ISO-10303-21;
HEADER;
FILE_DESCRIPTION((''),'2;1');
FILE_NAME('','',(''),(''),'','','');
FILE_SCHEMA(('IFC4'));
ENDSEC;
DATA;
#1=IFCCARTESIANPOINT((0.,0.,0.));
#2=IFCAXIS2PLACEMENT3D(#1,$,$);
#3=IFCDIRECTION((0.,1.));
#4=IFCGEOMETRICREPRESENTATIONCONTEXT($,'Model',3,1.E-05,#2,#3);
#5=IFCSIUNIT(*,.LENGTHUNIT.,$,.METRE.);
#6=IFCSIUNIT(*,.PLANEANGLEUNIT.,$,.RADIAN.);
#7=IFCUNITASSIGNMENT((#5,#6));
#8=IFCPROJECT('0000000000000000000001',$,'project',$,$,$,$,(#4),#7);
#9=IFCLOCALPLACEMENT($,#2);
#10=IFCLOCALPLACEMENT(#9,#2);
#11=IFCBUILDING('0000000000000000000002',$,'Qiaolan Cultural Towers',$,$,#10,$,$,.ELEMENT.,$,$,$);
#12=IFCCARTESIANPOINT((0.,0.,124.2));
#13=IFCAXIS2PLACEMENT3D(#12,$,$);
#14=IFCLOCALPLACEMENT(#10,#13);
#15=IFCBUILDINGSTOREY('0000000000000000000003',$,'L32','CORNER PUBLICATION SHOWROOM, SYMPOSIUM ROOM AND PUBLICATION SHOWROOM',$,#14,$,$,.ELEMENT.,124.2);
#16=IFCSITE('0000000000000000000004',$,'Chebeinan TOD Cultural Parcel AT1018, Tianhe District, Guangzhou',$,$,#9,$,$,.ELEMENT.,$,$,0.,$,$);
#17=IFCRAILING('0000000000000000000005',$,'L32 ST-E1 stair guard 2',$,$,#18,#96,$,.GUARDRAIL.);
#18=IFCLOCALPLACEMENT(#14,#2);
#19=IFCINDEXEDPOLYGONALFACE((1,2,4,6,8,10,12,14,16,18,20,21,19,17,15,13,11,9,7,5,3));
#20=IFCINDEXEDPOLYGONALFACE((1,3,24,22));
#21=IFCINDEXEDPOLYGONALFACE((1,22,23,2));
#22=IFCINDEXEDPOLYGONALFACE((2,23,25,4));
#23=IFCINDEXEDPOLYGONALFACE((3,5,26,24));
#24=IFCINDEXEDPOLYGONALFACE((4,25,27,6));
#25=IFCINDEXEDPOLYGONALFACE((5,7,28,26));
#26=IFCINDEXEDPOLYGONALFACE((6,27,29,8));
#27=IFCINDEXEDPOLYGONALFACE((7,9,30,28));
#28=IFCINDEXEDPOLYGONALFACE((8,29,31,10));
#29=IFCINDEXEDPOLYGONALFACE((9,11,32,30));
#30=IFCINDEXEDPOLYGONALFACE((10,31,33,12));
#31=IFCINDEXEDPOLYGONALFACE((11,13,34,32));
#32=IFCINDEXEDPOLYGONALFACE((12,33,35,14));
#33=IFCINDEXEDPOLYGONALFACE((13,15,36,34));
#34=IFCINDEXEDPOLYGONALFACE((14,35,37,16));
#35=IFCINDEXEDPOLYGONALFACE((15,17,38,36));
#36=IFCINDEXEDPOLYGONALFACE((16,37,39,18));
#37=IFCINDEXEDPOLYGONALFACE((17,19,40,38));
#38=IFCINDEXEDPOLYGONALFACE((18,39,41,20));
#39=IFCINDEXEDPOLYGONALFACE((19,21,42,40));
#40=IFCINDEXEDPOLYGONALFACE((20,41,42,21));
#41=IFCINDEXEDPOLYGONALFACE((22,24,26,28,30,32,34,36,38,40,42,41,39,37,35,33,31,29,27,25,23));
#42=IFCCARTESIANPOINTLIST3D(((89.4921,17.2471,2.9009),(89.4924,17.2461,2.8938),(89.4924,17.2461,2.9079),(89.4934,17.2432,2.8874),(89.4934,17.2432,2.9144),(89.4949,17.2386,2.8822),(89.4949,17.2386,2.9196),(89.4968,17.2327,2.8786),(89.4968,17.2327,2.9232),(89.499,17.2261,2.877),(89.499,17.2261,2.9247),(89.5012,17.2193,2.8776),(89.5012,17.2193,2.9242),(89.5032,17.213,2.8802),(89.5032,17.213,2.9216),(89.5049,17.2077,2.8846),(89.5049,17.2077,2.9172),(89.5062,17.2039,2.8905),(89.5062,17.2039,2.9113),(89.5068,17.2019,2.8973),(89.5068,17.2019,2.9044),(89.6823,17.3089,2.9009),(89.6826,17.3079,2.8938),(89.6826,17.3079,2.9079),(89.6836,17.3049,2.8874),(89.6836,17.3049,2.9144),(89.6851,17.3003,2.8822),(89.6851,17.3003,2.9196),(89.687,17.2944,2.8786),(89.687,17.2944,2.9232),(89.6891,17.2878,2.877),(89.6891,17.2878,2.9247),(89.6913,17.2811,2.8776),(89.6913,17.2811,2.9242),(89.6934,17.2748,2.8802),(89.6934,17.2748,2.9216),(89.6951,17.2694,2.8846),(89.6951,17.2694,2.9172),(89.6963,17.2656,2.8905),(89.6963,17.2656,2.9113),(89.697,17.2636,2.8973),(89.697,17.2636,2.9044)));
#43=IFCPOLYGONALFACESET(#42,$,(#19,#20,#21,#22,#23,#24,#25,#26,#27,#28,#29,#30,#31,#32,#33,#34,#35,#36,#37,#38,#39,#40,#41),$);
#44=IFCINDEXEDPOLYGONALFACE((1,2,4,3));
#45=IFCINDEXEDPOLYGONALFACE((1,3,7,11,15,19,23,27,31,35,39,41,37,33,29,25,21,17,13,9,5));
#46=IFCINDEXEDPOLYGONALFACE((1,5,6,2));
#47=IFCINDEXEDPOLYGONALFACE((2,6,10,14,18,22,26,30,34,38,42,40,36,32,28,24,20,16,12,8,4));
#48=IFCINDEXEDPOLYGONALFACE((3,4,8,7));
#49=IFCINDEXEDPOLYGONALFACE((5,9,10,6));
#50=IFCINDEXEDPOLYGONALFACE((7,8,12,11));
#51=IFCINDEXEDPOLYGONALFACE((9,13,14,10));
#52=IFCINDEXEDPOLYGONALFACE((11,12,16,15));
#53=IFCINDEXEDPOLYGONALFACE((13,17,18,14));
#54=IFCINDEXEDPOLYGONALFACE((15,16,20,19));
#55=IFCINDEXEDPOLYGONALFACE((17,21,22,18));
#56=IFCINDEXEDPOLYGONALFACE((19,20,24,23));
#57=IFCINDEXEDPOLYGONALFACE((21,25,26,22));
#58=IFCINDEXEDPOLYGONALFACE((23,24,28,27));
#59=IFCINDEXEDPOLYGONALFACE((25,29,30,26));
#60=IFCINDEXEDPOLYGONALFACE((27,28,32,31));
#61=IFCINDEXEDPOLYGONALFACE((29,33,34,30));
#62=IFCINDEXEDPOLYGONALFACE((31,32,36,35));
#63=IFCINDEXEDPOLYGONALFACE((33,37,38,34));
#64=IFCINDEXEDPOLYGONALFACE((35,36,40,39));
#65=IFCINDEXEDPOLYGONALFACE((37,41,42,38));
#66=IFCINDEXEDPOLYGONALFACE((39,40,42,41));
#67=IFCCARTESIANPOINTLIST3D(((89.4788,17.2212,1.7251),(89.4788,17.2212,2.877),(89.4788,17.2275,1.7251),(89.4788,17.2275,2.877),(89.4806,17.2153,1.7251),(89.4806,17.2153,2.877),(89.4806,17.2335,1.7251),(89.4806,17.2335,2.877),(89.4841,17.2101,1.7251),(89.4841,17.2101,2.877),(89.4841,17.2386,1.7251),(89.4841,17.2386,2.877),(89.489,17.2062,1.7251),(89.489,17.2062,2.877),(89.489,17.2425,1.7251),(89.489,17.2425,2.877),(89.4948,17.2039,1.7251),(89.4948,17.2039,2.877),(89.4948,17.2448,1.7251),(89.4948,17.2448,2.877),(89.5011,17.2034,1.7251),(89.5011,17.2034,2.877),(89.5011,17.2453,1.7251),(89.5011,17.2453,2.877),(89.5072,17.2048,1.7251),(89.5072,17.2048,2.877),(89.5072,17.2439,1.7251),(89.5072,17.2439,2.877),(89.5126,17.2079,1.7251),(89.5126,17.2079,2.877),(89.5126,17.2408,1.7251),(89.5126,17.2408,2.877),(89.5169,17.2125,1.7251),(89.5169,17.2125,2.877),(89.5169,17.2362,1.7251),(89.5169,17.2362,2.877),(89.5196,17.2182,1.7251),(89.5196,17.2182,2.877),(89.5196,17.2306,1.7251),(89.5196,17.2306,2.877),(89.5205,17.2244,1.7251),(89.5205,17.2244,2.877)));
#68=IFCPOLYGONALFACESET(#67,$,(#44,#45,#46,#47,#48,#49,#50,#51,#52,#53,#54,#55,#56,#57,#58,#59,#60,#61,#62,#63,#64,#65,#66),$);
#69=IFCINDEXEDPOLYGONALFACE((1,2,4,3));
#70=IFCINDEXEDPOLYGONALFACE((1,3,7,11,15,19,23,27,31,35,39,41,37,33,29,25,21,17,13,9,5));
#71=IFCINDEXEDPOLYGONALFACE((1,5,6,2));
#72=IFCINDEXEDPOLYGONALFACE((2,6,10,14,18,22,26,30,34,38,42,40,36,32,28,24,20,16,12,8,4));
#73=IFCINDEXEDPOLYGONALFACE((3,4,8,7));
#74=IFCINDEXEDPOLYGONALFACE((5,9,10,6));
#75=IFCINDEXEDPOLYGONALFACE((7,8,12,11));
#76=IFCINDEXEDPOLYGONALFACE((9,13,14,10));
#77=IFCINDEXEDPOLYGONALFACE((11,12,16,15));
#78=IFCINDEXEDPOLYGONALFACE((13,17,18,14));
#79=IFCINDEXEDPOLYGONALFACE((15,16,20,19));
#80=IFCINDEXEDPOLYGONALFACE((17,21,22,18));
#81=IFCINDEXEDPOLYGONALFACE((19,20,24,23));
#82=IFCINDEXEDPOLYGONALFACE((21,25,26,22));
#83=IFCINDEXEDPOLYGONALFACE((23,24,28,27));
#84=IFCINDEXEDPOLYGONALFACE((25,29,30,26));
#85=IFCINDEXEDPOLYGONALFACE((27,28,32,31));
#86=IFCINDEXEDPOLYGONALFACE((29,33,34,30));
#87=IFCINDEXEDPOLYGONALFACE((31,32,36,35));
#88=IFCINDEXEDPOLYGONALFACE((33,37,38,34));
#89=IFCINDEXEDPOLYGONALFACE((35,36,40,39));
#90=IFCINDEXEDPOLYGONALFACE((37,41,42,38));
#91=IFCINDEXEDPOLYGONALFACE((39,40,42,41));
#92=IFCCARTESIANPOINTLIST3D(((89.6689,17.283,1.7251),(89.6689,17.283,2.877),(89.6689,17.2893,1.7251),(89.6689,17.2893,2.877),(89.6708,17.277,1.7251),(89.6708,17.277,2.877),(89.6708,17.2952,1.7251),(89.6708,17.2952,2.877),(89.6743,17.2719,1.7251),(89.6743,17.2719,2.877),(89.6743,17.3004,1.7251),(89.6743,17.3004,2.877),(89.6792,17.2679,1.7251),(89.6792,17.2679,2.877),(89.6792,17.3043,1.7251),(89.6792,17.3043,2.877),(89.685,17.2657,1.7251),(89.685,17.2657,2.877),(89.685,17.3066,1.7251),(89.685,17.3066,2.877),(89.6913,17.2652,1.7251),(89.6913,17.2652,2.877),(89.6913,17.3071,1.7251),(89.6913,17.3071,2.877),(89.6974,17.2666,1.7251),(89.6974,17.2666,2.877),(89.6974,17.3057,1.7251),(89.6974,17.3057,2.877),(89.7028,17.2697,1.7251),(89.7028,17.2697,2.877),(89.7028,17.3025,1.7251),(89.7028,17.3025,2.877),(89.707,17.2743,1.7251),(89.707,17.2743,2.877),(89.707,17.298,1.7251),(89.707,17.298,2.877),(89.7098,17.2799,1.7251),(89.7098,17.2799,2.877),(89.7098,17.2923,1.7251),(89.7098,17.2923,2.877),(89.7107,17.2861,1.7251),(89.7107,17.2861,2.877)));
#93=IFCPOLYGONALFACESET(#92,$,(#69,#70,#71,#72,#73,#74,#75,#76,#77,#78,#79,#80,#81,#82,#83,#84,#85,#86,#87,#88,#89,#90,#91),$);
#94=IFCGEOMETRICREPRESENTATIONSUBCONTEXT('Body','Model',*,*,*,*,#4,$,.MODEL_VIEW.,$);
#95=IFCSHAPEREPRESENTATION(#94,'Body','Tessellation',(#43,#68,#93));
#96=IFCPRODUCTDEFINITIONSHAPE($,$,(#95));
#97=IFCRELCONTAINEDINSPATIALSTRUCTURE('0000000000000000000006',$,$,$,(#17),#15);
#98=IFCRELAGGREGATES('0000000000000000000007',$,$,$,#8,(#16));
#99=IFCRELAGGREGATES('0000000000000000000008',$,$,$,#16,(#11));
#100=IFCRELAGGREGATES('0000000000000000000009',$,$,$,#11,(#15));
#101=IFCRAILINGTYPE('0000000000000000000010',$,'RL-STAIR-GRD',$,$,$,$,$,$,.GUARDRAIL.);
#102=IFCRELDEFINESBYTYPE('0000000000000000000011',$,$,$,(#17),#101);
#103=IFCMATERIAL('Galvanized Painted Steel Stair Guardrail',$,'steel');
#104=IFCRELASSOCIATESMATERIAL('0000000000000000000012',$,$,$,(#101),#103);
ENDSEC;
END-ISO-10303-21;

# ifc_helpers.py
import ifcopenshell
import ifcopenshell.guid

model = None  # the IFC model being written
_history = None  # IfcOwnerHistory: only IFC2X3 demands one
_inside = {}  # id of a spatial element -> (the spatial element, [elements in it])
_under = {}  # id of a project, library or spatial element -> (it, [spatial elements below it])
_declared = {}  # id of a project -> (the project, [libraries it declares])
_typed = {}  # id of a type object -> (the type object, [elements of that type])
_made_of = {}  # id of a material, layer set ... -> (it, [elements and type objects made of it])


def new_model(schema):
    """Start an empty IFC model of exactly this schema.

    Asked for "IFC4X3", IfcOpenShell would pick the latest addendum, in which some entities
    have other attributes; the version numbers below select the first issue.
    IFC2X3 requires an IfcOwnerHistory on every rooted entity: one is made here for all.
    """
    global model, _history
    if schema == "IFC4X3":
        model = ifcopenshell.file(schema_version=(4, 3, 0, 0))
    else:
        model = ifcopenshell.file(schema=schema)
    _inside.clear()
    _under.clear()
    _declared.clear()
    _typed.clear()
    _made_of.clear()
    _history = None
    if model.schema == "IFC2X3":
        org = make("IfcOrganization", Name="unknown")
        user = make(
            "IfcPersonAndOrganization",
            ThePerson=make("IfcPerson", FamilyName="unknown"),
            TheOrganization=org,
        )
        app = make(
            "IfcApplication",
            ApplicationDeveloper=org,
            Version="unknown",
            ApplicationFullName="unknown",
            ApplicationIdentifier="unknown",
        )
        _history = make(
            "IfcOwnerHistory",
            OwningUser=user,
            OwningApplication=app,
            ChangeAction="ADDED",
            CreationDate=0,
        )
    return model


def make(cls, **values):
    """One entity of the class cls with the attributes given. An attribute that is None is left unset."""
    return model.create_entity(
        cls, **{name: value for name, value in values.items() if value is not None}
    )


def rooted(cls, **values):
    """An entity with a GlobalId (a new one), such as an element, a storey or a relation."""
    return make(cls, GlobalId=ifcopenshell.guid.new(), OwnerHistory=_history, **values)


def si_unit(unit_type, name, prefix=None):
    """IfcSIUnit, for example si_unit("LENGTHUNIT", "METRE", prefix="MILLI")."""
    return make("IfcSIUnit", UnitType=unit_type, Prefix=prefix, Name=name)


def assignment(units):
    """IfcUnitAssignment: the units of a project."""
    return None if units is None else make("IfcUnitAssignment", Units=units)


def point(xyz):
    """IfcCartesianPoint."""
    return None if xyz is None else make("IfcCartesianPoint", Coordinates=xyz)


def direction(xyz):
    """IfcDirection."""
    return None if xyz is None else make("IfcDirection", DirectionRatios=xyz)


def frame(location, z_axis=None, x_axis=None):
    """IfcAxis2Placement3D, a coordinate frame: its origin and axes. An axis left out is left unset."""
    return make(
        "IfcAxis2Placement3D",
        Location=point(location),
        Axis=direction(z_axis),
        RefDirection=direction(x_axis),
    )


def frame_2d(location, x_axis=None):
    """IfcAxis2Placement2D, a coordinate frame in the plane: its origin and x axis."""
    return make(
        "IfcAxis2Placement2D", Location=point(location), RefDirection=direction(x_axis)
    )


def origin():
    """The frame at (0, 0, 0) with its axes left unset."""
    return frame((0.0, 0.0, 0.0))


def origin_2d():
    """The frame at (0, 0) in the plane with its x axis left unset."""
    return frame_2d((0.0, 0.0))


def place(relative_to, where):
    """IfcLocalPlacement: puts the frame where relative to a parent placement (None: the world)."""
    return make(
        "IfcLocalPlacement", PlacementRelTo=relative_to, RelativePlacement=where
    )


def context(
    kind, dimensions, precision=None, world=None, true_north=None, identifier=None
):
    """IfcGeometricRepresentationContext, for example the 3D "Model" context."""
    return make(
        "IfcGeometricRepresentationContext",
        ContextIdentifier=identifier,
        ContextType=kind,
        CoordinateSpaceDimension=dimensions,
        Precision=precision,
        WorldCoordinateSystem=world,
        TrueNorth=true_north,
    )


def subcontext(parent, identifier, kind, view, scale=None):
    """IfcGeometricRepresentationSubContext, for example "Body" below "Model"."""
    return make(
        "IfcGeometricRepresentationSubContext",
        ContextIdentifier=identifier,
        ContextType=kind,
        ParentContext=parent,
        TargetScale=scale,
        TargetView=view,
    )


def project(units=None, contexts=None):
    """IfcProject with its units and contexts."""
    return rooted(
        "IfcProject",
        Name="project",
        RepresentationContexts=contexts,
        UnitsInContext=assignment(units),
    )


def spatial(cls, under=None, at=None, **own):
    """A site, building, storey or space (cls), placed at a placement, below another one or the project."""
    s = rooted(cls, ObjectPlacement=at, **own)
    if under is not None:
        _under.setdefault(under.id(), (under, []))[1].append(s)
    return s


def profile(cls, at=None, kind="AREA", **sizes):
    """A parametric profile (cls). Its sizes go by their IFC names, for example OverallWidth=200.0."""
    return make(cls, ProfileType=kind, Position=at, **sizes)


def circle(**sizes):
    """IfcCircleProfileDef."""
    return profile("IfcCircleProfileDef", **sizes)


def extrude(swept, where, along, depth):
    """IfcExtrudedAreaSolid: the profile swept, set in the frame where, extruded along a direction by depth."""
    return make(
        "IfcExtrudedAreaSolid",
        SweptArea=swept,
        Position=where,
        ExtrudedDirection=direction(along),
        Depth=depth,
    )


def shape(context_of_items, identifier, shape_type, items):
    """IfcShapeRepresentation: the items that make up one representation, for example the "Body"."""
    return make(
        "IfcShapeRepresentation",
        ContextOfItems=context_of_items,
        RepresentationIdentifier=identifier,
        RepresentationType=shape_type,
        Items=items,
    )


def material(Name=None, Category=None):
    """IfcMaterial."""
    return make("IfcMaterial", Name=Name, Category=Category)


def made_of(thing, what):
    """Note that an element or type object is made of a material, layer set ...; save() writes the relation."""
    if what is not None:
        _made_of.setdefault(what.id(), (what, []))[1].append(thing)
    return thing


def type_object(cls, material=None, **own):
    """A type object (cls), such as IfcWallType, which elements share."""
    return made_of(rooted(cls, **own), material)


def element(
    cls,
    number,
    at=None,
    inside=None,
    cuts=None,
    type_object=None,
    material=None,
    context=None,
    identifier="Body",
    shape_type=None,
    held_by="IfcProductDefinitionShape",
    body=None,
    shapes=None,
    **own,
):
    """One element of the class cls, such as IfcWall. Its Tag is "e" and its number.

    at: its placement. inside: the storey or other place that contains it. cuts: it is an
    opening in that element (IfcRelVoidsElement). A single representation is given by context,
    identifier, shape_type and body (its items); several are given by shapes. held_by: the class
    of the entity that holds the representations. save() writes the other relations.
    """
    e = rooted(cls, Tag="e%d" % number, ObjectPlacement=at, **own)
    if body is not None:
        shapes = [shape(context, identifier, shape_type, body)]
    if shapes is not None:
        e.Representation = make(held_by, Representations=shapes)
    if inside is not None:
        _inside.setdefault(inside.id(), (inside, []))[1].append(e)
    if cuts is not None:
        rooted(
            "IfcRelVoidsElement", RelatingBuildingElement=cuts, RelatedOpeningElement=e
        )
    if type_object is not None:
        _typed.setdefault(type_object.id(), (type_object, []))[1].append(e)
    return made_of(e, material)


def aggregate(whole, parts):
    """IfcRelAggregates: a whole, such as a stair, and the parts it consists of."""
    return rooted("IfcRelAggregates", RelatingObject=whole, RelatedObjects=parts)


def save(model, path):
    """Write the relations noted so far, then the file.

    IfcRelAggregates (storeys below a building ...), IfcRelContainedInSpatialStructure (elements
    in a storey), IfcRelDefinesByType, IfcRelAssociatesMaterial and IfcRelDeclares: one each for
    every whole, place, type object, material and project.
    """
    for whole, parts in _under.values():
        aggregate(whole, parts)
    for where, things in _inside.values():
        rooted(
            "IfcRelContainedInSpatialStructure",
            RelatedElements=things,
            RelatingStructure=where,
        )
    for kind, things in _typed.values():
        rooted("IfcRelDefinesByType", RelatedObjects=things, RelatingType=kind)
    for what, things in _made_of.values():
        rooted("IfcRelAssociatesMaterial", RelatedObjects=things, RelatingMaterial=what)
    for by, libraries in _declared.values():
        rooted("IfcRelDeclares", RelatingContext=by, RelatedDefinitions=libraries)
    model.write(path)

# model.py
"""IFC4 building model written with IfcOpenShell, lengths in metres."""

from ifc_helpers import new_model, si_unit, direction, frame, origin, origin_2d, place, context, subcontext, project, spatial, circle, extrude, material, type_object, element, save


model = new_model("IFC4")

# Units and contexts
model_context = context("Model", 3, precision=1e-05, world=origin(), true_north=direction((0.0, 1.0)))
body_context = subcontext(model_context, "Body", "Model", "MODEL_VIEW")
ifc_project = project(units=[si_unit("LENGTHUNIT", "METRE"), si_unit("PLANEANGLEUNIT", "RADIAN")], contexts=[model_context])

# Site, building, storey
site_placement = place(None, origin())
site = spatial("IfcSite", under=ifc_project, at=site_placement, Name="Chebeinan TOD Cultural Parcel AT1018, Tianhe District, Guangzhou", CompositionType="ELEMENT", RefElevation=0.0)
building_placement = place(site_placement, origin())
building = spatial("IfcBuilding", under=site, at=building_placement, Name="Qiaolan Cultural Towers", CompositionType="ELEMENT")
storey_placement = place(building_placement, frame((0.0, 0.0, 124.2)))
storey = spatial("IfcBuildingStorey", under=building, at=storey_placement, Name="L32", Description="CORNER PUBLICATION SHOWROOM, SYMPOSIUM ROOM AND PUBLICATION SHOWROOM", CompositionType="ELEMENT", Elevation=124.2)

# Railing
ifc_material_1 = material(Name="Galvanized Painted Steel Stair Guardrail", Category="steel")
railing_type_1 = type_object("IfcRailingType", Name="RL-STAIR-GRD", PredefinedType="GUARDRAIL", material=ifc_material_1)
railing_1_placement = place(storey_placement, frame((89.4995, 17.2244, 1.7251)))
element("IfcRailing", 1, at=railing_1_placement, inside=storey, type_object=railing_type_1, Name="L32 ST-E1 stair guard 2", PredefinedType="GUARDRAIL", context=body_context, shape_type="SweptSolid", body=[
    extrude(circle(Radius=0.0239, at=origin_2d()), frame((0.0, 0.0, 1.1758), z_axis=(0.951097, 0.308893, 0.0), x_axis=(-0.308893, 0.951097, 0.0)), (0.0, 0.0, 1.0), 0.2),
    extrude(circle(Radius=0.021, at=origin_2d()), origin(), (0.0, 0.0, 1.0), 1.1519),
    extrude(circle(Radius=0.021, at=origin_2d()), frame((0.1902, 0.0618, 0.0)), (0.0, 0.0, 1.0), 1.1519),
])

save(model, "model.ifc")
